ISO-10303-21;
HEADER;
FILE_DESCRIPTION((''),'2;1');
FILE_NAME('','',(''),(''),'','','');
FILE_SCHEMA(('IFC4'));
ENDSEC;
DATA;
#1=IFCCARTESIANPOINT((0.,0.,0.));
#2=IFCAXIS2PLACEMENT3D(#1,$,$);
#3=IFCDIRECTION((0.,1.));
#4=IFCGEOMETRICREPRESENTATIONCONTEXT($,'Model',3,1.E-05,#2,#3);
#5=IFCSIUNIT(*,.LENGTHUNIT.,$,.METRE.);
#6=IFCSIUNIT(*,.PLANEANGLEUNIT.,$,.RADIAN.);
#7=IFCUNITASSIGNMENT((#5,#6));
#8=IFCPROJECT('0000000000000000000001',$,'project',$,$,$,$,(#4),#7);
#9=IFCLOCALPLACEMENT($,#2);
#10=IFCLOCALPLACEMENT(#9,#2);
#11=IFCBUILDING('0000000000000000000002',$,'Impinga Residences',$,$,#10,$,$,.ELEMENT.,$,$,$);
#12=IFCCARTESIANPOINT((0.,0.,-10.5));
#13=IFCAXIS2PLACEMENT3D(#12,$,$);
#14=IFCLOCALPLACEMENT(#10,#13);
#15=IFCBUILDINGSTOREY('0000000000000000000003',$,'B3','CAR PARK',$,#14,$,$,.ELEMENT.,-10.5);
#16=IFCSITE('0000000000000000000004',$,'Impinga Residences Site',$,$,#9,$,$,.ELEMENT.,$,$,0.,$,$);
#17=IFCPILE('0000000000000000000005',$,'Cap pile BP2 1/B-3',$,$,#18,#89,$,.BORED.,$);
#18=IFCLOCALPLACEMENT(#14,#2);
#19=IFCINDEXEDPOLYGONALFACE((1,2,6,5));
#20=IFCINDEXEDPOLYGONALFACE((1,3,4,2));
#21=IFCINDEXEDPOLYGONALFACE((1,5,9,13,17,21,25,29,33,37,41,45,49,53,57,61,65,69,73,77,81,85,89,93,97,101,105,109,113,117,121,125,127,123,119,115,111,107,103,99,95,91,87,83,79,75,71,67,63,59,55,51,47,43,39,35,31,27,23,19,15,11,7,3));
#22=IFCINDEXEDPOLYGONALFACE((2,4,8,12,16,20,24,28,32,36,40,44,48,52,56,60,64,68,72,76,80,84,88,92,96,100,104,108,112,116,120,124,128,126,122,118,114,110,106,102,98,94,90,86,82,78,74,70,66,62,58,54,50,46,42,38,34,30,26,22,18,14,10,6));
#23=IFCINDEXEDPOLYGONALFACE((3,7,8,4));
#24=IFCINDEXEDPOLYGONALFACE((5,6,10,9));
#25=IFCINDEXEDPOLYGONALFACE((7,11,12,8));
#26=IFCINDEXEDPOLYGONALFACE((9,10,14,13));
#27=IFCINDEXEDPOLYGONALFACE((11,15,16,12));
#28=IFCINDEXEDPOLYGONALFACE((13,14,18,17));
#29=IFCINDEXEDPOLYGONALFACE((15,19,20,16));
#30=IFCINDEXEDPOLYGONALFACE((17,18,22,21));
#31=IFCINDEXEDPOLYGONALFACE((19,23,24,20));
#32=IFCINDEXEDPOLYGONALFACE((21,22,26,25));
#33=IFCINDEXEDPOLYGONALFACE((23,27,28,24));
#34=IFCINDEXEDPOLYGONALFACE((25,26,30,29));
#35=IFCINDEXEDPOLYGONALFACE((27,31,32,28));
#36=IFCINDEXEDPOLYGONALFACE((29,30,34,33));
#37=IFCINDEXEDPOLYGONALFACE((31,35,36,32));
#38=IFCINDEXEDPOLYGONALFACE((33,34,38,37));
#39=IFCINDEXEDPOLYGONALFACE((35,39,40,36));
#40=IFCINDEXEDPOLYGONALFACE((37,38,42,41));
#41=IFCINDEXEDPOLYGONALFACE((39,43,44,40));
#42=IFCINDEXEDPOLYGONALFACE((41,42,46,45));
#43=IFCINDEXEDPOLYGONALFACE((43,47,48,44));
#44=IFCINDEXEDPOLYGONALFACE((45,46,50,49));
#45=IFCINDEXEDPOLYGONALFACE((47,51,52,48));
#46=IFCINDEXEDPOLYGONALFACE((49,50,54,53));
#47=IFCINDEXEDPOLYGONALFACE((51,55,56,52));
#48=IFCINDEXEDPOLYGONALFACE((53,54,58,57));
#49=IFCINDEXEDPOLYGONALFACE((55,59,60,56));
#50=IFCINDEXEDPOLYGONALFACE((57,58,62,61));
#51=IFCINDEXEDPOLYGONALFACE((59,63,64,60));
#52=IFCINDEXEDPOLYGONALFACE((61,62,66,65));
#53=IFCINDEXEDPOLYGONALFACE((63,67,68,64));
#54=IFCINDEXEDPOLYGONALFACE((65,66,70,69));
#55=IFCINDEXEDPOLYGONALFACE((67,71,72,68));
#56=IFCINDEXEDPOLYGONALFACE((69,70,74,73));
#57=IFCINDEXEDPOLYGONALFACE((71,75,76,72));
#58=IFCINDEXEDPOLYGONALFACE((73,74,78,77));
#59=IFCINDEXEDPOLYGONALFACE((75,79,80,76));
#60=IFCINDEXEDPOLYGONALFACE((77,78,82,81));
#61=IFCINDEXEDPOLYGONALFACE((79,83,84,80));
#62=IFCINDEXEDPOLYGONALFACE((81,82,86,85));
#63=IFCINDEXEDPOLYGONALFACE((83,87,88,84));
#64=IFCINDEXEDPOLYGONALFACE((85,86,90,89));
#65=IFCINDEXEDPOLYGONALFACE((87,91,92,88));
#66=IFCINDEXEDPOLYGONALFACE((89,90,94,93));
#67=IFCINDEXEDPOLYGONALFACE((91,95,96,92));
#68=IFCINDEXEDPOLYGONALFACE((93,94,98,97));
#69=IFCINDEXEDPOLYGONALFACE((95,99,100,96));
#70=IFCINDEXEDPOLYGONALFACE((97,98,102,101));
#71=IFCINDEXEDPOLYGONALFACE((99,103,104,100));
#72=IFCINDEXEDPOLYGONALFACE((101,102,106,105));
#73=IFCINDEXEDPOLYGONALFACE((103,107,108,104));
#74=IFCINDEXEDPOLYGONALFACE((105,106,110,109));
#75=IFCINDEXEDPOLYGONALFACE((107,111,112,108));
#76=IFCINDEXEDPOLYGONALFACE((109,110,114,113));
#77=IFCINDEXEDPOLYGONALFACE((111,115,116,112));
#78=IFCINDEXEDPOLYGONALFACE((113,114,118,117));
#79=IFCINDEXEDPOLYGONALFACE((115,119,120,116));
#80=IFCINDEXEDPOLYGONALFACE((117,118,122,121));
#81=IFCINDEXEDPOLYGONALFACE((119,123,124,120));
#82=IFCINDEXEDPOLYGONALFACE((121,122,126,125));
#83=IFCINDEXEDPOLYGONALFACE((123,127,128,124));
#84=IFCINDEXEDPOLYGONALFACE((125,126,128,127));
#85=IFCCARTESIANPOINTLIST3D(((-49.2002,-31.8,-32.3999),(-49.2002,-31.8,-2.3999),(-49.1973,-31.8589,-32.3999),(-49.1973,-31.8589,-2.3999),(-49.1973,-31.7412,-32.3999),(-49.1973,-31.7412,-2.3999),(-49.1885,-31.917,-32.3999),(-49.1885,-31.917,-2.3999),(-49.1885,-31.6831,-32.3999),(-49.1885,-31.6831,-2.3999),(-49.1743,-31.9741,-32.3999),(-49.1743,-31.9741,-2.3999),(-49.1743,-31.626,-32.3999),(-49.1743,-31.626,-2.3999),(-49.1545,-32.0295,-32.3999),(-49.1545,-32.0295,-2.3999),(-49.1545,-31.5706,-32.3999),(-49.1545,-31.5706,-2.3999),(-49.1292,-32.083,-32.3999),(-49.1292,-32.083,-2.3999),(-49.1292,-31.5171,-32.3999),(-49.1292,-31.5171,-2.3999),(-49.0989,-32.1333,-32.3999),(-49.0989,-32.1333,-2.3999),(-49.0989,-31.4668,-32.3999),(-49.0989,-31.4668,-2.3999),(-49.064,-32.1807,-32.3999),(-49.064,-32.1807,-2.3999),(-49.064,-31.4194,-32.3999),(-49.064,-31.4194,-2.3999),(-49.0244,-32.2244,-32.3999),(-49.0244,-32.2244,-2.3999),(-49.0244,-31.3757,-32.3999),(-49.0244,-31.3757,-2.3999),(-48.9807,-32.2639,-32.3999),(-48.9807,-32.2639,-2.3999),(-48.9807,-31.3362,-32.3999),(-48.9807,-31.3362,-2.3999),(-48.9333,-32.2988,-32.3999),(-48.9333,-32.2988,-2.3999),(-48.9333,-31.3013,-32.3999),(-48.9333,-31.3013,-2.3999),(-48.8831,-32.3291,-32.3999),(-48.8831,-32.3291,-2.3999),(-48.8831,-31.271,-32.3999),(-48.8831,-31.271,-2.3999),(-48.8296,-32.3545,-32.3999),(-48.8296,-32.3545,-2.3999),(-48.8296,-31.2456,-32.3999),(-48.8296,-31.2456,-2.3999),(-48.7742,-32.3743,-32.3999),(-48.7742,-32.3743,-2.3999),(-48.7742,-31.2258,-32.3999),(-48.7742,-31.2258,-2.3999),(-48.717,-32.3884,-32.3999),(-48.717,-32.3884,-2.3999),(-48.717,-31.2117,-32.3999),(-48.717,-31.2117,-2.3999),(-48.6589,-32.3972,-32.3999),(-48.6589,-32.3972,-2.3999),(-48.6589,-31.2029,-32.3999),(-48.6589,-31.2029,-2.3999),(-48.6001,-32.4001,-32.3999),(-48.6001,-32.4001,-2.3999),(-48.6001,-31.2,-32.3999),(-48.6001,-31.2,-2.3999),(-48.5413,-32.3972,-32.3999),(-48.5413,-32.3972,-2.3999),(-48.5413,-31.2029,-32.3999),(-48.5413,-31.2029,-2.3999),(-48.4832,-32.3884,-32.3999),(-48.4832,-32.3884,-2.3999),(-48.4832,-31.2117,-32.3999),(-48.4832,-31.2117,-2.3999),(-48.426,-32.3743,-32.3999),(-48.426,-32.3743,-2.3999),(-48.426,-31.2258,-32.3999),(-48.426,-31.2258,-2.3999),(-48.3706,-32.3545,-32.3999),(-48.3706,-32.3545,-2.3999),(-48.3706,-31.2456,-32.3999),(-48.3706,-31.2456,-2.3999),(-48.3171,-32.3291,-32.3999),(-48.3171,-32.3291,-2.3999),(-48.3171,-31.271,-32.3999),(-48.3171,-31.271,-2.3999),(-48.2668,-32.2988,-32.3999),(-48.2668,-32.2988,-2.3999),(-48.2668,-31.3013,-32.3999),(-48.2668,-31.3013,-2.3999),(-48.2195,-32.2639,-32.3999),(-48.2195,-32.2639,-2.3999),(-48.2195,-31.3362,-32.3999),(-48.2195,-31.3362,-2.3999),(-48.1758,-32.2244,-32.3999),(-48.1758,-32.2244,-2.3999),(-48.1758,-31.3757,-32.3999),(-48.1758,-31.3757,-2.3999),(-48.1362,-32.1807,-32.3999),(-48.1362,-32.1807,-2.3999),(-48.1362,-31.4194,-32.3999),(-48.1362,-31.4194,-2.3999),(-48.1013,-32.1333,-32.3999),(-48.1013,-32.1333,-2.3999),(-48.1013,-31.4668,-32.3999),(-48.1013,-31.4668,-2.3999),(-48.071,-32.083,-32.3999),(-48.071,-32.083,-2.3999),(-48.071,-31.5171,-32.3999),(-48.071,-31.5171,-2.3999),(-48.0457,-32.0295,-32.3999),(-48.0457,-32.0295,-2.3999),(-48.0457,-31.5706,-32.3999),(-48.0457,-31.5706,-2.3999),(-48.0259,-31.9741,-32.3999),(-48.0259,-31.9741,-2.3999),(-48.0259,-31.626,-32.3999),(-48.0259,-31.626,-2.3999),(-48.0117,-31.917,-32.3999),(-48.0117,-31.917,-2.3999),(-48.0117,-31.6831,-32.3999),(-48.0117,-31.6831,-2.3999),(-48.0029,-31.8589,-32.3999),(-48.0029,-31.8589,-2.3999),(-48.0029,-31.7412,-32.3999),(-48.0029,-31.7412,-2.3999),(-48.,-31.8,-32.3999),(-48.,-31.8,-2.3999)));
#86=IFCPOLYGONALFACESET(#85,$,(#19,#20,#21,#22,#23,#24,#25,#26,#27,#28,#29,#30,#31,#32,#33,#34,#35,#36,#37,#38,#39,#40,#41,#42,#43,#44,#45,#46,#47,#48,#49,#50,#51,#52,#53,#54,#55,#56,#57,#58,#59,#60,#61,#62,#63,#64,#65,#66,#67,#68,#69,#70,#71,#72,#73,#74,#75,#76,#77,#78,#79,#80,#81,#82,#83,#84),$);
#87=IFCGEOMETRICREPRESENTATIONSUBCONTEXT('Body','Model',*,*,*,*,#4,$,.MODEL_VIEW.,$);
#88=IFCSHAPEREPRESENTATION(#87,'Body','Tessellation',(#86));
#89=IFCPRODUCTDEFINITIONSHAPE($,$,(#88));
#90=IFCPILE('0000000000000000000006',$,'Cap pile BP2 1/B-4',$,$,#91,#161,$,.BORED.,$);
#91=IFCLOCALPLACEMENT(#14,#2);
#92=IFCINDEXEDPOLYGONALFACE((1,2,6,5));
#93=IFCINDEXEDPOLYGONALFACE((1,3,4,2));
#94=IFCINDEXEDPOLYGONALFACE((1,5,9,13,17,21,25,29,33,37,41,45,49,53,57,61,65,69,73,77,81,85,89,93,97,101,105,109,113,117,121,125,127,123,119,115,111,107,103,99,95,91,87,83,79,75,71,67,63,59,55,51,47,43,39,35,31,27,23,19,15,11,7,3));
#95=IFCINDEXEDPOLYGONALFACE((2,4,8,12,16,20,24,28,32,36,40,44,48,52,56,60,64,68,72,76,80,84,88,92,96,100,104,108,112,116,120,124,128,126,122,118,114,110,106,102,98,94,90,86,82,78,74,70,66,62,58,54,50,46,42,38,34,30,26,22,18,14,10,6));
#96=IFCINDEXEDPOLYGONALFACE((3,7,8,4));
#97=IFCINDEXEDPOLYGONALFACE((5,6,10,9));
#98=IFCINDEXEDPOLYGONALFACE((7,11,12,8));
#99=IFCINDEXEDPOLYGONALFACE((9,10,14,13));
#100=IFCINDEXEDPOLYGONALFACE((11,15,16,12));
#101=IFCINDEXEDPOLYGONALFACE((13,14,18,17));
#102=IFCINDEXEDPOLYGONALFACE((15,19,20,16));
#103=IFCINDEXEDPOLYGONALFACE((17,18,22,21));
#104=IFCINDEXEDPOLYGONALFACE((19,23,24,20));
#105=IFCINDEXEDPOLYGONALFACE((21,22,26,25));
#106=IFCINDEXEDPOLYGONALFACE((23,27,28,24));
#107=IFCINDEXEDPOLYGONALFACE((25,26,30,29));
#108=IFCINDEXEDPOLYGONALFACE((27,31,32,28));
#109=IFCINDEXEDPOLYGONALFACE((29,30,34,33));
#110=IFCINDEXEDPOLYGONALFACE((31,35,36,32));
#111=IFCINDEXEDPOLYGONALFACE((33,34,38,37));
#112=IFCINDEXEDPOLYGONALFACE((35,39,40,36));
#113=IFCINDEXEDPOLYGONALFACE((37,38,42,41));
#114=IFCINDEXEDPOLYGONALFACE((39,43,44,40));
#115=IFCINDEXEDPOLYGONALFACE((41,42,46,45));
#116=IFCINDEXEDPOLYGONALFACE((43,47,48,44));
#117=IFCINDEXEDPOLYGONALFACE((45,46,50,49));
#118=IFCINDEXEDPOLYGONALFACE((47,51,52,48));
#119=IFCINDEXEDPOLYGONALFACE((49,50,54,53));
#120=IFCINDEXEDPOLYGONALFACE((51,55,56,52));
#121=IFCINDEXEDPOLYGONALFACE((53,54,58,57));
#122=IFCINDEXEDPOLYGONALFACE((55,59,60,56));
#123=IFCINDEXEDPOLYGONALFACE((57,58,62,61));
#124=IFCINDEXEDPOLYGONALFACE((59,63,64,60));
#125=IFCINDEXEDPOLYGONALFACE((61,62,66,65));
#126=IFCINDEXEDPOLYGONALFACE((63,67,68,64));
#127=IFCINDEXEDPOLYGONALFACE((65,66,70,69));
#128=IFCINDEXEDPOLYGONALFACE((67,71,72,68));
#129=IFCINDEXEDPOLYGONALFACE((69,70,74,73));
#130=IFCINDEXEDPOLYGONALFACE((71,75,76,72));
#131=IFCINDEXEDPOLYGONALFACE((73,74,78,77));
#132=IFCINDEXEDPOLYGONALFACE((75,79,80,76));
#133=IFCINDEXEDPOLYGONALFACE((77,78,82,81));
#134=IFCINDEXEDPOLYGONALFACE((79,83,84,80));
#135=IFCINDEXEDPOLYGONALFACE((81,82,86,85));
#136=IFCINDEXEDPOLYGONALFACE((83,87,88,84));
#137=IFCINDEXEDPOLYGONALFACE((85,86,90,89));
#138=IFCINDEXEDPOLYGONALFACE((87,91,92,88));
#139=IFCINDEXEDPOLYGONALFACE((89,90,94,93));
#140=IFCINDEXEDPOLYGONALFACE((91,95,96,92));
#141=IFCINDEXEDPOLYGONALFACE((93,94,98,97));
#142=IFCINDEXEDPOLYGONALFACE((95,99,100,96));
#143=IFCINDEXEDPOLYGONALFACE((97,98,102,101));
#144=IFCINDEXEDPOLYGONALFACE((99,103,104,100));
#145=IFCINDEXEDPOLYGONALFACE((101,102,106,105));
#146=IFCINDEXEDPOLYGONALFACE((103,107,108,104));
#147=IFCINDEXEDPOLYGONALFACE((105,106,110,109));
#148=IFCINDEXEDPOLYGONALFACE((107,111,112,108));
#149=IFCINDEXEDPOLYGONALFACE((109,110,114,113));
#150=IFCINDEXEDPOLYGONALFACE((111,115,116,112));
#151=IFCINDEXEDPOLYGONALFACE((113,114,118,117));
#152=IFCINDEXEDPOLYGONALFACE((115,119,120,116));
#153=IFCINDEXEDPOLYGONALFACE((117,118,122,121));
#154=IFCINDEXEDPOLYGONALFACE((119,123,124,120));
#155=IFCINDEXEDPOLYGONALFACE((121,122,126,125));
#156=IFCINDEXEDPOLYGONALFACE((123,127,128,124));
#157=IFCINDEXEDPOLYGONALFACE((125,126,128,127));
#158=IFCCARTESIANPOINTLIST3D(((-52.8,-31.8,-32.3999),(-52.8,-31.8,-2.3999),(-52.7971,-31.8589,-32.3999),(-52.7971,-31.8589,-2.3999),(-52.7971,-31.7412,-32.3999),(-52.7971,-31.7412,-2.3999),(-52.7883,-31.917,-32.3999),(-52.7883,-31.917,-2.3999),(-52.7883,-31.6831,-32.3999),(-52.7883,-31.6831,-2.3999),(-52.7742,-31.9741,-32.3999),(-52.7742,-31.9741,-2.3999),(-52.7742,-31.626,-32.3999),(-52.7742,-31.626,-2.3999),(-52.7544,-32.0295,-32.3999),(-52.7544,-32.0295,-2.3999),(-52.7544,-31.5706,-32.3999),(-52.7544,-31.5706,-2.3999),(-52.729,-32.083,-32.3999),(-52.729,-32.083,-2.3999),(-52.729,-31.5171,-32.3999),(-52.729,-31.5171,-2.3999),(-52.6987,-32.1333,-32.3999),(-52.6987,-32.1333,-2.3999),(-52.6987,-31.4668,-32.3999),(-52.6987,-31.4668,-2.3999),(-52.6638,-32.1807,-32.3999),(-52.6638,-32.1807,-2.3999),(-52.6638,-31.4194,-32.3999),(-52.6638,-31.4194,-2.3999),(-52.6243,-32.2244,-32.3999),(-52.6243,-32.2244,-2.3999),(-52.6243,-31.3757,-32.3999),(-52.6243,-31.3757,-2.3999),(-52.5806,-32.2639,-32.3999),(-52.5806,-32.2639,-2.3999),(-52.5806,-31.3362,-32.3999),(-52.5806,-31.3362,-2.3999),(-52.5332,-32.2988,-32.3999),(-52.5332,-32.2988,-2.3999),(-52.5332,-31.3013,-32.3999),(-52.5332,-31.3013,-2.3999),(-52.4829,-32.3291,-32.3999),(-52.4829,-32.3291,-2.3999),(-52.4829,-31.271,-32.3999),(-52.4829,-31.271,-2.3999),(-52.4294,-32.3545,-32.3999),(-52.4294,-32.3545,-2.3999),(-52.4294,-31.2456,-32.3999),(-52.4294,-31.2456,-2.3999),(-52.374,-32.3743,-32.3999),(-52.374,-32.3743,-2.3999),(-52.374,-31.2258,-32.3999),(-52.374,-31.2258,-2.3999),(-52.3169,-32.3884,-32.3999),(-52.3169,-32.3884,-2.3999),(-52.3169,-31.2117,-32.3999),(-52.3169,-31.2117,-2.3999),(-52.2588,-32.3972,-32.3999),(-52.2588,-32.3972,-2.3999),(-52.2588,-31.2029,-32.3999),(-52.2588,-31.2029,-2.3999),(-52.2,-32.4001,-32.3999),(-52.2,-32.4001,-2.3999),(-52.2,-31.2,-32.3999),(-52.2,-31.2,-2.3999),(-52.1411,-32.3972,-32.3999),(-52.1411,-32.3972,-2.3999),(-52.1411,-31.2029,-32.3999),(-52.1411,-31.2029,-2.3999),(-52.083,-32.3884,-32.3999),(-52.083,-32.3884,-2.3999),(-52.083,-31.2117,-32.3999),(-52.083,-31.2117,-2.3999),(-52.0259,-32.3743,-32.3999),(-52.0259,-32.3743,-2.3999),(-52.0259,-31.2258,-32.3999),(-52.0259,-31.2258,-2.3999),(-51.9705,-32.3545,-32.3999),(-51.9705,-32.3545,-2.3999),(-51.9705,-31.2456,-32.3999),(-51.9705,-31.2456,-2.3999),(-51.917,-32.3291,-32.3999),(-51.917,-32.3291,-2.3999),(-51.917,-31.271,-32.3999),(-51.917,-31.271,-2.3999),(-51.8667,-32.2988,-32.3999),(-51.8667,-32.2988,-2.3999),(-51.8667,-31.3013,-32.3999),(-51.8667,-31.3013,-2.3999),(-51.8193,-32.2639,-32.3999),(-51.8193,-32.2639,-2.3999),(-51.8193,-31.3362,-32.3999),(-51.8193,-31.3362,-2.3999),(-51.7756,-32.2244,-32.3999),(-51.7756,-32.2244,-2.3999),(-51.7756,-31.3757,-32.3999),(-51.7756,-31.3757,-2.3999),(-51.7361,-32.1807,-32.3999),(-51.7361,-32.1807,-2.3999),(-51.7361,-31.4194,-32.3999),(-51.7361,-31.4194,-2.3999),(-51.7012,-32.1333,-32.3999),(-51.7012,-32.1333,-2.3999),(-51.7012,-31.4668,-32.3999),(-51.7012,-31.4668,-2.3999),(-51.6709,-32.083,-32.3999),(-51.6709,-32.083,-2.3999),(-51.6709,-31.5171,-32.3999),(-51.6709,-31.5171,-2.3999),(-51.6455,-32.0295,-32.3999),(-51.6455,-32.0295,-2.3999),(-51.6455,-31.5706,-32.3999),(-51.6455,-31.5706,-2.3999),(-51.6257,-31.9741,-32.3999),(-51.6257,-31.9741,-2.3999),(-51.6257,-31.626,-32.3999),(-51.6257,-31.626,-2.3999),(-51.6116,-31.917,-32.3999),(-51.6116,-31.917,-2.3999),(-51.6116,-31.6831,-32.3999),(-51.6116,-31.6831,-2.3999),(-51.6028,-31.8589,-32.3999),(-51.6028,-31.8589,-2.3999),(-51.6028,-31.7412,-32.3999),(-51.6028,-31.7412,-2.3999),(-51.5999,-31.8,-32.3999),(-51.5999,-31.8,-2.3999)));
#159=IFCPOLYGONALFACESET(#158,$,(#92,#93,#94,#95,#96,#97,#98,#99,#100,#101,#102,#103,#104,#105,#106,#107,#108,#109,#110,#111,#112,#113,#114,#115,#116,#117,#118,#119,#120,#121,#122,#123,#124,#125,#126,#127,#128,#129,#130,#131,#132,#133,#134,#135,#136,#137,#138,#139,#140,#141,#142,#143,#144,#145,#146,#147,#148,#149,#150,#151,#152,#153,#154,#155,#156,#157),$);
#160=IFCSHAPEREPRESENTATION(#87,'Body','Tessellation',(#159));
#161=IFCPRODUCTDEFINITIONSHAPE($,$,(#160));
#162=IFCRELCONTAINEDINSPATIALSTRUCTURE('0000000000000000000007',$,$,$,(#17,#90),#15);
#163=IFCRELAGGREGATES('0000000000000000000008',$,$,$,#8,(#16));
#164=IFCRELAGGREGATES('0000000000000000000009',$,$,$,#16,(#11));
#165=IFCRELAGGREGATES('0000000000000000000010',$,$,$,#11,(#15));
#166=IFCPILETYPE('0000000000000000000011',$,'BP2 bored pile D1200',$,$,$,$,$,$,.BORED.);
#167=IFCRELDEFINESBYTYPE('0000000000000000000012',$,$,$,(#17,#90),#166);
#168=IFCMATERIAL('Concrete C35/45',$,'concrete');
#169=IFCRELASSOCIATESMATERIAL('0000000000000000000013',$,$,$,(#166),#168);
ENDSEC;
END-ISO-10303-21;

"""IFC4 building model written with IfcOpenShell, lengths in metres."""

from ifc_helpers import new_model, si_unit, direction, frame, origin, origin_2d, place, context, subcontext, project, spatial, polyline, circle, outline, extrude, material, material_profile, profile_set, type_object, element, save


model = new_model("IFC4")

# Units and contexts
model_context = context("Model", 3, precision=1e-05, world=origin(), true_north=direction((0.0, 1.0)))
body_context = subcontext(model_context, "Body", "Model", "MODEL_VIEW")
ifc_project = project(units=[si_unit("LENGTHUNIT", "METRE"), si_unit("PLANEANGLEUNIT", "RADIAN")], contexts=[model_context])

# Site, building, storey
site_placement = place(None, origin())
site = spatial("IfcSite", under=ifc_project, at=site_placement, Name="Impinga Residences Site", CompositionType="ELEMENT", RefElevation=0.0)
building_placement = place(site_placement, origin())
building = spatial("IfcBuilding", under=site, at=building_placement, Name="Impinga Residences", CompositionType="ELEMENT")
storey_placement = place(building_placement, frame((0.0, 0.0, -10.5)))
storey = spatial("IfcBuildingStorey", under=building, at=storey_placement, Name="B3", Description="CAR PARK", CompositionType="ELEMENT", Elevation=-10.5)

# Piles
ifc_material_1 = material(Name="Concrete C35/45", Category="concrete")
ifc_material_profile_1 = material_profile(ifc_material_1, circle(Radius=0.6001, at=origin_2d()), Name="D1200")
ifc_profile_set_1 = profile_set([ifc_material_profile_1], Name="Concrete C35/45")
pile_type_1 = type_object("IfcPileType", Name="BP2 bored pile D1200", PredefinedType="BORED", material=ifc_profile_set_1)
pile_1_placement = place(storey_placement, frame((-48.6001, -31.8, -2.3999), z_axis=(0.0, 0.0, -1.0), x_axis=(1.0, 0.0, 0.0)))
element("IfcPile", 1, at=pile_1_placement, inside=storey, type_object=pile_type_1, Name="Cap pile BP2 1/B-3", PredefinedType="BORED", context=body_context, shape_type="SweptSolid", body=[
    extrude(outline(polyline([(0.6001, 0.0), (0.5972, 0.0588), (0.5884, 0.1169), (0.5742, 0.1741), (0.5544, 0.2295), (0.5291, 0.283), (0.4988, 0.3333), (0.4639, 0.3806), (0.4243, 0.4243), (0.3806, 0.4639), (0.3333, 0.4988), (0.283, 0.5291), (0.2295, 0.5544), (0.1741, 0.5742), (0.1169, 0.5884), (0.0588, 0.5972), (0.0, 0.6001), (-0.0588, 0.5972), (-0.1169, 0.5884), (-0.1741, 0.5742), (-0.2295, 0.5544), (-0.283, 0.5291), (-0.3333, 0.4988), (-0.3806, 0.4639), (-0.4243, 0.4243), (-0.4639, 0.3806), (-0.4988, 0.3333), (-0.5291, 0.283), (-0.5544, 0.2295), (-0.5742, 0.1741), (-0.5884, 0.1169), (-0.5972, 0.0588), (-0.6001, 0.0), (-0.5972, -0.0588), (-0.5884, -0.1169), (-0.5742, -0.1741), (-0.5544, -0.2295), (-0.5291, -0.283), (-0.4988, -0.3333), (-0.4639, -0.3806), (-0.4243, -0.4243), (-0.3806, -0.4639), (-0.3333, -0.4988), (-0.283, -0.5291), (-0.2295, -0.5544), (-0.1741, -0.5742), (-0.1169, -0.5884), (-0.0588, -0.5972), (0.0, -0.6001), (0.0588, -0.5972), (0.1169, -0.5884), (0.1741, -0.5742), (0.2295, -0.5544), (0.283, -0.5291), (0.3333, -0.4988), (0.3806, -0.4639), (0.4243, -0.4243), (0.4639, -0.3806), (0.4988, -0.3333), (0.5291, -0.283), (0.5544, -0.2295), (0.5742, -0.1741), (0.5884, -0.1169), (0.5972, -0.0588), (0.6001, 0.0)])), origin(), (0.0, 0.0, 1.0), 30.0),
])
pile_2_placement = place(storey_placement, frame((-52.2, -31.8, -2.3999), z_axis=(0.0, 0.0, -1.0), x_axis=(1.0, 0.0, 0.0)))
element("IfcPile", 2, at=pile_2_placement, inside=storey, type_object=pile_type_1, Name="Cap pile BP2 1/B-4", PredefinedType="BORED", context=body_context, shape_type="SweptSolid", body=[
    extrude(outline(polyline([(0.6001, 0.0), (0.5972, 0.0588), (0.5884, 0.1169), (0.5742, 0.1741), (0.5544, 0.2295), (0.5291, 0.283), (0.4988, 0.3333), (0.4639, 0.3806), (0.4243, 0.4243), (0.3806, 0.4639), (0.3333, 0.4988), (0.283, 0.5291), (0.2295, 0.5544), (0.1741, 0.5742), (0.1169, 0.5884), (0.0588, 0.5972), (0.0, 0.6001), (-0.0588, 0.5972), (-0.1169, 0.5884), (-0.1741, 0.5742), (-0.2295, 0.5544), (-0.283, 0.5291), (-0.3333, 0.4988), (-0.3806, 0.4639), (-0.4243, 0.4243), (-0.4639, 0.3806), (-0.4988, 0.3333), (-0.5291, 0.283), (-0.5544, 0.2295), (-0.5742, 0.1741), (-0.5884, 0.1169), (-0.5972, 0.0588), (-0.6001, 0.0), (-0.5972, -0.0588), (-0.5884, -0.1169), (-0.5742, -0.1741), (-0.5544, -0.2295), (-0.5291, -0.283), (-0.4988, -0.3333), (-0.4639, -0.3806), (-0.4243, -0.4243), (-0.3806, -0.4639), (-0.3333, -0.4988), (-0.283, -0.5291), (-0.2295, -0.5544), (-0.1741, -0.5742), (-0.1169, -0.5884), (-0.0588, -0.5972), (0.0, -0.6001), (0.0588, -0.5972), (0.1169, -0.5884), (0.1741, -0.5742), (0.2295, -0.5544), (0.283, -0.5291), (0.3333, -0.4988), (0.3806, -0.4639), (0.4243, -0.4243), (0.4639, -0.3806), (0.4988, -0.3333), (0.5291, -0.283), (0.5544, -0.2295), (0.5742, -0.1741), (0.5884, -0.1169), (0.5972, -0.0588), (0.6001, 0.0)])), origin(), (0.0, 0.0, 1.0), 30.0),
])

save(model, "model.ifc")
